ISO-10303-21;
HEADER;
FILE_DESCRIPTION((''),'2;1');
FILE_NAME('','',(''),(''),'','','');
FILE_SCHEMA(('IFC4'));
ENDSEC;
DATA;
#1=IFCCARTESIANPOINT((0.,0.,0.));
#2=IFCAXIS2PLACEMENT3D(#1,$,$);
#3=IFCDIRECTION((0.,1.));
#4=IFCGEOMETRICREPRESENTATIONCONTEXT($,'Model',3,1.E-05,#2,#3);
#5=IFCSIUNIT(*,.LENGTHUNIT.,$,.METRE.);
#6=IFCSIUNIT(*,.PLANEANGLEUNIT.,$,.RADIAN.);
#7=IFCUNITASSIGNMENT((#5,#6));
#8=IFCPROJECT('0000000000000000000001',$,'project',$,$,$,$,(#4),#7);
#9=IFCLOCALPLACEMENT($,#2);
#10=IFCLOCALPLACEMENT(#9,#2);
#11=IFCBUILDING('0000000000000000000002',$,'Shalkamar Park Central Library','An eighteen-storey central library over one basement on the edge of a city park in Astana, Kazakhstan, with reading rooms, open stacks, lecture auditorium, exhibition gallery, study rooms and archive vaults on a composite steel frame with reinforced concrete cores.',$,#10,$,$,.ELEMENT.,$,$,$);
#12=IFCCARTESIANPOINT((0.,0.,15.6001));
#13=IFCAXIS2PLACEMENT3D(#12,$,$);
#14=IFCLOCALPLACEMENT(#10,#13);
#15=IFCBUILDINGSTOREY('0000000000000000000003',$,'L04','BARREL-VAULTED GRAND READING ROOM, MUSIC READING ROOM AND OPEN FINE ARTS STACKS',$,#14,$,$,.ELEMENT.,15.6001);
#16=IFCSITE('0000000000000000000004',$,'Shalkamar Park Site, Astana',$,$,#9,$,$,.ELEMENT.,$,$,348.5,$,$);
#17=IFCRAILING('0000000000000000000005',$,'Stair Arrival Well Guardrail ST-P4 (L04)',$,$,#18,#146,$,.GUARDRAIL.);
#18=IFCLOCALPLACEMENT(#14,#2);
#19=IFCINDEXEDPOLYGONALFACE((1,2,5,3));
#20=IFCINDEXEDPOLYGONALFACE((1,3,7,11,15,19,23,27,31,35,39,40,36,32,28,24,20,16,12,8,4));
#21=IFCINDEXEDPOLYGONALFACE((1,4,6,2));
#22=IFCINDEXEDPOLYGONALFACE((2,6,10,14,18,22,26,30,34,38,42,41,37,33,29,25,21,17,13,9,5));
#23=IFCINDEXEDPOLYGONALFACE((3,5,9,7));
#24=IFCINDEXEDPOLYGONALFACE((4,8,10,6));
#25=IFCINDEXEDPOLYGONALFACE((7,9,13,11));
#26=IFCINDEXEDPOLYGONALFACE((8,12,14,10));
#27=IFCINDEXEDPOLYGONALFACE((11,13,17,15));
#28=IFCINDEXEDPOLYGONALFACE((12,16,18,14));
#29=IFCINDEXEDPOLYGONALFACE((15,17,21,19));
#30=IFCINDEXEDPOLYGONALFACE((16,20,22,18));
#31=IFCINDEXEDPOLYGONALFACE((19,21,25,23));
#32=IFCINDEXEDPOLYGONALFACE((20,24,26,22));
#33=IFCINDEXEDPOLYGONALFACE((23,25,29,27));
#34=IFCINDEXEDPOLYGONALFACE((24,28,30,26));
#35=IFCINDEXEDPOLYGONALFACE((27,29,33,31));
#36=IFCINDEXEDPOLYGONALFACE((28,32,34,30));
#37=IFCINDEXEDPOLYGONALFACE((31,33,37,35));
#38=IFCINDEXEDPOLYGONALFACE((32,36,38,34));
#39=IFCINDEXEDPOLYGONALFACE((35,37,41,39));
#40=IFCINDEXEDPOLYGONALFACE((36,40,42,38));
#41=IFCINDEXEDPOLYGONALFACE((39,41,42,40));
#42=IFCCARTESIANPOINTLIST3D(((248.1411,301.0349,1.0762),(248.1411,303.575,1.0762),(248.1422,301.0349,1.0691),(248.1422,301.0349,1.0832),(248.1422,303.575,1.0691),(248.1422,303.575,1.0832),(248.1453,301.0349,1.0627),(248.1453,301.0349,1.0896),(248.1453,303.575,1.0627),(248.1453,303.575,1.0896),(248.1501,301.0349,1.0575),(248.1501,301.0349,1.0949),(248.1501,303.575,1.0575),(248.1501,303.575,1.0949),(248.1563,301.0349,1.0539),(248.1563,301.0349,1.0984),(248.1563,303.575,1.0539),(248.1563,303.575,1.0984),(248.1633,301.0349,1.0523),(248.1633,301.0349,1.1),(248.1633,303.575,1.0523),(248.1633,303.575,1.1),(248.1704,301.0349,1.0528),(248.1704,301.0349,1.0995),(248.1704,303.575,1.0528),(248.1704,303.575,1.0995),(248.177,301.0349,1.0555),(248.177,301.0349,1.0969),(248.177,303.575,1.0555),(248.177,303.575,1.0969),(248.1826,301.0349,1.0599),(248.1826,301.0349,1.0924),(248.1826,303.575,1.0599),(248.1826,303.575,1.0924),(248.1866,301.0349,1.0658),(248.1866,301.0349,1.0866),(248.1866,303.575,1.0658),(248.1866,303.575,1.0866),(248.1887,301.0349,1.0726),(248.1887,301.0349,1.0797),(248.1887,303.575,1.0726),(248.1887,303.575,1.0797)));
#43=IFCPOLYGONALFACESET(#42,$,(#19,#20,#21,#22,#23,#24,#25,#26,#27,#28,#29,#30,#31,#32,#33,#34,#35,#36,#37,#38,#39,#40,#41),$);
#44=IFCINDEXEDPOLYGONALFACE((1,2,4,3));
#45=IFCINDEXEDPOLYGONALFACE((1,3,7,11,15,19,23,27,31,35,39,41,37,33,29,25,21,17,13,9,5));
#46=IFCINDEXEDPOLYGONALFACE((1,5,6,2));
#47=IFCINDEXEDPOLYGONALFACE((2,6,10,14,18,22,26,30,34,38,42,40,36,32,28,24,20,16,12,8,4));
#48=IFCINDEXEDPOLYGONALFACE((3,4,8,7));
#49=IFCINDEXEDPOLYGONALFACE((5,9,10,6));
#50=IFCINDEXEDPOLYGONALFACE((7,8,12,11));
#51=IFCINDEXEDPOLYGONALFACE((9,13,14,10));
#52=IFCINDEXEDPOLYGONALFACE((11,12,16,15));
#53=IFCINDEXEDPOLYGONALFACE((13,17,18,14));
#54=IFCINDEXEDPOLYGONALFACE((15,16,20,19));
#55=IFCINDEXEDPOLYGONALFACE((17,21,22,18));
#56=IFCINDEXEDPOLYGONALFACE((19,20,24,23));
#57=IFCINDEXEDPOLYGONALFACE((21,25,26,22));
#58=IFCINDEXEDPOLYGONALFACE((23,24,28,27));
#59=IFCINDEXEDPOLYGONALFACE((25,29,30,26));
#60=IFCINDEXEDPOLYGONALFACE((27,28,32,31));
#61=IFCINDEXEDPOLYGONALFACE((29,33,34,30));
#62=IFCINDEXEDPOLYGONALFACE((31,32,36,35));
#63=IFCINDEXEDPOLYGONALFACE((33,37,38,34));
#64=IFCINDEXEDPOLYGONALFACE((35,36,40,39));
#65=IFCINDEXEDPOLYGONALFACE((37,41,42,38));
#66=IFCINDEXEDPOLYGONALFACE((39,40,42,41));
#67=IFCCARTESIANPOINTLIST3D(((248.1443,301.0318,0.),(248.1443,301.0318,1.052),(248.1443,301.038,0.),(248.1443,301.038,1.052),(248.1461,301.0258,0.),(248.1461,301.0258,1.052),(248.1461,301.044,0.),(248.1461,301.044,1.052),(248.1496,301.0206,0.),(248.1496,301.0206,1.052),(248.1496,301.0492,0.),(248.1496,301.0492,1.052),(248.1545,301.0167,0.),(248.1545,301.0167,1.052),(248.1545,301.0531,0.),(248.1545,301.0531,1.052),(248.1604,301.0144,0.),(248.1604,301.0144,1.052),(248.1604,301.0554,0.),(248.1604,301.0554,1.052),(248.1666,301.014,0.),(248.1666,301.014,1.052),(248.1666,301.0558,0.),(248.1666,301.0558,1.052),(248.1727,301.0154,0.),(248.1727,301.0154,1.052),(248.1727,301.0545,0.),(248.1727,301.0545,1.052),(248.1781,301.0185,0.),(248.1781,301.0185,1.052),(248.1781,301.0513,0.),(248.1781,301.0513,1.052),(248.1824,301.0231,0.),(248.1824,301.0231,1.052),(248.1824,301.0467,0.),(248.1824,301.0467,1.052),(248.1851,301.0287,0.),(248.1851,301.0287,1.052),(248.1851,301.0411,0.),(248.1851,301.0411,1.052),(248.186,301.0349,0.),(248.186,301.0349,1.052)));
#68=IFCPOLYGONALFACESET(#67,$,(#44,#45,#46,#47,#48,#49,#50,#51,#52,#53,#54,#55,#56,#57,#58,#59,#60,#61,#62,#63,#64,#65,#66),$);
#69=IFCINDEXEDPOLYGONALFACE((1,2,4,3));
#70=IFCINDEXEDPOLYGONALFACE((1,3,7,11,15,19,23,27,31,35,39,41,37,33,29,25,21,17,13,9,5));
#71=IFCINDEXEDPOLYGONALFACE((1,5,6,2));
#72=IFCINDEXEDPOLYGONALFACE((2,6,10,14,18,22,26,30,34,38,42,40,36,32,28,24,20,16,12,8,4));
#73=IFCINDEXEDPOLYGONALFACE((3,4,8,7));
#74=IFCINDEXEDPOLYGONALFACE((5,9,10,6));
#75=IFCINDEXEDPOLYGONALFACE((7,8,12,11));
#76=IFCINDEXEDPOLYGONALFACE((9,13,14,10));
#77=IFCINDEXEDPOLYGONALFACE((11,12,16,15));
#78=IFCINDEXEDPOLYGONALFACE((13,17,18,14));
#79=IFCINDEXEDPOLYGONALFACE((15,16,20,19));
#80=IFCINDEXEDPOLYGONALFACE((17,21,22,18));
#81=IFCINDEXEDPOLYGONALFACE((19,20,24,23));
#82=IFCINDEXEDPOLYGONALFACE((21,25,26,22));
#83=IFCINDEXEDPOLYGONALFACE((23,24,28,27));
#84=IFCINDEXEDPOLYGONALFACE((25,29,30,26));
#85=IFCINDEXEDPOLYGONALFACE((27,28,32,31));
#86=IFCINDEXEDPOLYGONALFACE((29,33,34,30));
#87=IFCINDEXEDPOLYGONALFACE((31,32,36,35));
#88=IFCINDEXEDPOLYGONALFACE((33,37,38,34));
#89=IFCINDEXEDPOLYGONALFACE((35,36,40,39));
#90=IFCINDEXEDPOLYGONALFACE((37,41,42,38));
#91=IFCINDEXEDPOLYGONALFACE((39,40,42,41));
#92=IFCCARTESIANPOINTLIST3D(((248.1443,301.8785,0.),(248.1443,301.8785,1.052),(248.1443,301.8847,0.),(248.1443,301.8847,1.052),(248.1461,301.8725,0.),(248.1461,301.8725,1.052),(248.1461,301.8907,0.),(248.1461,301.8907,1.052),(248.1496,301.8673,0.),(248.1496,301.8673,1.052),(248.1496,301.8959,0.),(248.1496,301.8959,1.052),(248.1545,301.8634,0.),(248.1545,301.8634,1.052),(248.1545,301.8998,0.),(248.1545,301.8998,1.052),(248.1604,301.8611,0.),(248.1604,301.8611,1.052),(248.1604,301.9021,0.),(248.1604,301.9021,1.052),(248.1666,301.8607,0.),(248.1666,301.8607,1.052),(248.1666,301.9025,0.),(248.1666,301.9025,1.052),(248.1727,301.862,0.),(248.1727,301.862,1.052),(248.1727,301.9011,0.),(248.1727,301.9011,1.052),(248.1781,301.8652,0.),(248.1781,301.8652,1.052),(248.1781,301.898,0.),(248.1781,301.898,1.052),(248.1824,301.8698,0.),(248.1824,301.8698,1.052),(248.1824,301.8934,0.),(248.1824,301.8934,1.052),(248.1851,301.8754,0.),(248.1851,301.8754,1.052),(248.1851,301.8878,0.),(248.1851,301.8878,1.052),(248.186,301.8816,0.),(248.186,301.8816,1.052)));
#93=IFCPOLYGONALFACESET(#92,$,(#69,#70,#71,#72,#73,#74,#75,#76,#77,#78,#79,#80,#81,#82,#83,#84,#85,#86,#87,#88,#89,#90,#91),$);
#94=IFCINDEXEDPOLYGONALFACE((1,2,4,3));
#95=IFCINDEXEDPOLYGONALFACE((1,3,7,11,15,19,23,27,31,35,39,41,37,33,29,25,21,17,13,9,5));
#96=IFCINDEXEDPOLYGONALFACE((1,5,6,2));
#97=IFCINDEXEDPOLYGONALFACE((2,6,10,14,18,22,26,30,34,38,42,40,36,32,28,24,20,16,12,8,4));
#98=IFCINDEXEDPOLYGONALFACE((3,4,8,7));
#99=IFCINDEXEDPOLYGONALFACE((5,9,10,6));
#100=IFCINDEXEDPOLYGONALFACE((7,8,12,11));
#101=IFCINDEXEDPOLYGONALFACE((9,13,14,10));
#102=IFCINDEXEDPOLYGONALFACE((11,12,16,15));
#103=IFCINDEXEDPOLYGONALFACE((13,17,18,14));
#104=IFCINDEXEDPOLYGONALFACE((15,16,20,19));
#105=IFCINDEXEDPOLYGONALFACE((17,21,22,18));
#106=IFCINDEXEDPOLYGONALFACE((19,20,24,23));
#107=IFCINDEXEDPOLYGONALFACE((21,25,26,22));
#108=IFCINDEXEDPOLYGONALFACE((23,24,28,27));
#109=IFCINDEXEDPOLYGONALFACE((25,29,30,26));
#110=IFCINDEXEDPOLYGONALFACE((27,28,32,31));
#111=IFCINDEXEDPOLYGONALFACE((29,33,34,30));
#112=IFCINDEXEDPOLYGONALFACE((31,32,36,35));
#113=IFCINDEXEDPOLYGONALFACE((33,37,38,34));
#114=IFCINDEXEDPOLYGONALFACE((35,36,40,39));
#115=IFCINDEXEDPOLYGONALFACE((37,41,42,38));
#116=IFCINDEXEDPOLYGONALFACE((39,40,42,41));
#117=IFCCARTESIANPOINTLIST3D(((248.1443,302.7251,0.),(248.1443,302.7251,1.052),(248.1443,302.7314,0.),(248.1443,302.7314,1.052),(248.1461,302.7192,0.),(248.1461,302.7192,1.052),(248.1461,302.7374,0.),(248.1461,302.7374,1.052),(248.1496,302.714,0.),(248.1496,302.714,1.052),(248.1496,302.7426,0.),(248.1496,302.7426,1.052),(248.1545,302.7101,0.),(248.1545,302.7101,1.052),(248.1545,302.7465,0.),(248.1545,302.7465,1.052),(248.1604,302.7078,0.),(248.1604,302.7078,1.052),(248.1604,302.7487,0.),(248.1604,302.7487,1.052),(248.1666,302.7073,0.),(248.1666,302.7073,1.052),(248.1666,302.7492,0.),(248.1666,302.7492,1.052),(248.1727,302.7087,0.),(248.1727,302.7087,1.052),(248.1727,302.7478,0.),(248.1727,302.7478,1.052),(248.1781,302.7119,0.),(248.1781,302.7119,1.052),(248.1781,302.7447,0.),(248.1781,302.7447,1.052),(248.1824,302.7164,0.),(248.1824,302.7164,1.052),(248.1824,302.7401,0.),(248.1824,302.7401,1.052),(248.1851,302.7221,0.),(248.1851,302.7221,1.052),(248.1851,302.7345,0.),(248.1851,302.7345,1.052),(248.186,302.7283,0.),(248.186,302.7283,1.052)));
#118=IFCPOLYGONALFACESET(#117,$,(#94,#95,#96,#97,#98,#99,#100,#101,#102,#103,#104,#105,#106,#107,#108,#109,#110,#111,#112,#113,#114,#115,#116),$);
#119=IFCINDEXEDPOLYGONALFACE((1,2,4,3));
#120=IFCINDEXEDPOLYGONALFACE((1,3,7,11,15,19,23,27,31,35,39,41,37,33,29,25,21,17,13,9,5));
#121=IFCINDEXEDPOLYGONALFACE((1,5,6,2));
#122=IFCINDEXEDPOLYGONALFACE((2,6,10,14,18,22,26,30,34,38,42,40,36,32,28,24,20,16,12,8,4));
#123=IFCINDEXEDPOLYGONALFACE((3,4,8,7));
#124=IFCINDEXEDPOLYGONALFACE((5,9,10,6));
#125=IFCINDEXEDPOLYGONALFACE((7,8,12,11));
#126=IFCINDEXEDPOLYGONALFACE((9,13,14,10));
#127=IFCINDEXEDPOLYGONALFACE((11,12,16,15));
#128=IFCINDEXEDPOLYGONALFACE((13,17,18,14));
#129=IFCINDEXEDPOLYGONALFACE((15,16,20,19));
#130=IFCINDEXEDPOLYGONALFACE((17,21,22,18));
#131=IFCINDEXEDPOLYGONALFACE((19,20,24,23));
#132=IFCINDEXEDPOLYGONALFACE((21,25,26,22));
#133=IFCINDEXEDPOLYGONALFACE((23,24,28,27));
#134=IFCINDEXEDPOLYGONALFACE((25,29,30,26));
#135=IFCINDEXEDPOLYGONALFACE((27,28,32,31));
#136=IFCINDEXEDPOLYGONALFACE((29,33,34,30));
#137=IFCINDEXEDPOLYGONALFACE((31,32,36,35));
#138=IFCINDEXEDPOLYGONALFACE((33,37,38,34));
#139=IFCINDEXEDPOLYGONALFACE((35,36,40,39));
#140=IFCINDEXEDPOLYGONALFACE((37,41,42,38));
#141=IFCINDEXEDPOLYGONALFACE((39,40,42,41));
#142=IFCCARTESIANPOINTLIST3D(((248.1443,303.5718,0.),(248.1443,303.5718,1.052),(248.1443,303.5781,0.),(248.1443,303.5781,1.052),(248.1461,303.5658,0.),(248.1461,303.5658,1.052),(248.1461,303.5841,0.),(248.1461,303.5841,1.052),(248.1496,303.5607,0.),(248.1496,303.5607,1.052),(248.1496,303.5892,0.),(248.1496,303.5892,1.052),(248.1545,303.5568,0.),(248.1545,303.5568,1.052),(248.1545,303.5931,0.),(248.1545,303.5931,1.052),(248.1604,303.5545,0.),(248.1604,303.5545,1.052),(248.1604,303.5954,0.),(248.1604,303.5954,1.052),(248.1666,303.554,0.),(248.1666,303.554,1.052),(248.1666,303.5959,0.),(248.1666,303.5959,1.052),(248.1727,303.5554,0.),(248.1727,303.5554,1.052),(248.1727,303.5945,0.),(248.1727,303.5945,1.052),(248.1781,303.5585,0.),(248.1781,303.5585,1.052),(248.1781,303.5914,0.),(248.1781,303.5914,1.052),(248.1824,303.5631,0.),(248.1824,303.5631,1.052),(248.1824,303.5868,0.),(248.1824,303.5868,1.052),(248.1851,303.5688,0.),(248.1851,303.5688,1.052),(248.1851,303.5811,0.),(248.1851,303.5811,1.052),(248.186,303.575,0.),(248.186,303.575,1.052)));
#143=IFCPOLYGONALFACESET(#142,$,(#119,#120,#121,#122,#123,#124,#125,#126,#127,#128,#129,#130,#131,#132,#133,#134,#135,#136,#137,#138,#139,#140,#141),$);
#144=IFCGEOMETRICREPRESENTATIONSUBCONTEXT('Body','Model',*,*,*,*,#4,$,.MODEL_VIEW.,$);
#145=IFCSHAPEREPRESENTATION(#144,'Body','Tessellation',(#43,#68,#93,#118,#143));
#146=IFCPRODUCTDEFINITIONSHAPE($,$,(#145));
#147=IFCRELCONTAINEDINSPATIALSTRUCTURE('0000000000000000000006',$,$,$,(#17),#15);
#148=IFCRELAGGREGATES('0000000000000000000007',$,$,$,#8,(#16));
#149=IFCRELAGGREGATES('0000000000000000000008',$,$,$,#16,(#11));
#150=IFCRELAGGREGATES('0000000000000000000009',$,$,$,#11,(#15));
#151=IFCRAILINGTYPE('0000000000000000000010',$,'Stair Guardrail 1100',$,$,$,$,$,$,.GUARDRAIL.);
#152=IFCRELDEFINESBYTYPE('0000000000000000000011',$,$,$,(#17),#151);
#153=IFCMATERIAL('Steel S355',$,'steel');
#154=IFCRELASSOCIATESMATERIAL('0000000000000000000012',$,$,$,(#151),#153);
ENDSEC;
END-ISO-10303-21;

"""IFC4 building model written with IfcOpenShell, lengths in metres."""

from ifc_helpers import new_model, si_unit, direction, frame, origin, origin_2d, place, context, subcontext, project, spatial, circle, extrude, material, type_object, element, save


model = new_model("IFC4")

# Units and contexts
model_context = context("Model", 3, precision=1e-05, world=origin(), true_north=direction((0.0, 1.0)))
body_context = subcontext(model_context, "Body", "Model", "MODEL_VIEW")
ifc_project = project(units=[si_unit("LENGTHUNIT", "METRE"), si_unit("PLANEANGLEUNIT", "RADIAN")], contexts=[model_context])

# Site, building, storey
site_placement = place(None, origin())
site = spatial("IfcSite", under=ifc_project, at=site_placement, Name="Shalkamar Park Site, Astana", CompositionType="ELEMENT", RefElevation=348.5)
building_placement = place(site_placement, origin())
building = spatial("IfcBuilding", under=site, at=building_placement, Name="Shalkamar Park Central Library", Description="An eighteen-storey central library over one basement on the edge of a city park in Astana, Kazakhstan, with reading rooms, open stacks, lecture auditorium, exhibition gallery, study rooms and archive vaults on a composite steel frame with reinforced concrete cores.", CompositionType="ELEMENT")
storey_placement = place(building_placement, frame((0.0, 0.0, 15.6001)))
storey = spatial("IfcBuildingStorey", under=building, at=storey_placement, Name="L04", Description="BARREL-VAULTED GRAND READING ROOM, MUSIC READING ROOM AND OPEN FINE ARTS STACKS", CompositionType="ELEMENT", Elevation=15.6001)

# Shared definitions
ifc_material_1 = material(Name="Steel S355", Category="steel")

# Railing
railing_type = type_object("IfcRailingType", Name="Stair Guardrail 1100", PredefinedType="GUARDRAIL", material=ifc_material_1)
railing_placement = place(storey_placement, frame((248.165, 301.0349, 0.0)))
element("IfcRailing", 1, at=railing_placement, inside=storey, type_object=railing_type, Name="Stair Arrival Well Guardrail ST-P4 (L04)", PredefinedType="GUARDRAIL", context=body_context, shape_type="SweptSolid", body=[
    extrude(circle(Radius=0.0239, at=origin_2d()), frame((0.0, 0.0, 1.0762), z_axis=(0.0, 1.0, 0.0), x_axis=(-1.0, 0.0, 0.0)), (0.0, 0.0, 1.0), 2.54),
    extrude(circle(Radius=0.021, at=origin_2d()), origin(), (0.0, 0.0, 1.0), 1.052),
    extrude(circle(Radius=0.021, at=origin_2d()), frame((0.0, 0.8467, 0.0)), (0.0, 0.0, 1.0), 1.052),
    extrude(circle(Radius=0.021, at=origin_2d()), frame((0.0, 1.6934, 0.0)), (0.0, 0.0, 1.0), 1.052),
    extrude(circle(Radius=0.021, at=origin_2d()), frame((0.0, 2.54, 0.0)), (0.0, 0.0, 1.0), 1.052),
])

save(model, "model.ifc")
